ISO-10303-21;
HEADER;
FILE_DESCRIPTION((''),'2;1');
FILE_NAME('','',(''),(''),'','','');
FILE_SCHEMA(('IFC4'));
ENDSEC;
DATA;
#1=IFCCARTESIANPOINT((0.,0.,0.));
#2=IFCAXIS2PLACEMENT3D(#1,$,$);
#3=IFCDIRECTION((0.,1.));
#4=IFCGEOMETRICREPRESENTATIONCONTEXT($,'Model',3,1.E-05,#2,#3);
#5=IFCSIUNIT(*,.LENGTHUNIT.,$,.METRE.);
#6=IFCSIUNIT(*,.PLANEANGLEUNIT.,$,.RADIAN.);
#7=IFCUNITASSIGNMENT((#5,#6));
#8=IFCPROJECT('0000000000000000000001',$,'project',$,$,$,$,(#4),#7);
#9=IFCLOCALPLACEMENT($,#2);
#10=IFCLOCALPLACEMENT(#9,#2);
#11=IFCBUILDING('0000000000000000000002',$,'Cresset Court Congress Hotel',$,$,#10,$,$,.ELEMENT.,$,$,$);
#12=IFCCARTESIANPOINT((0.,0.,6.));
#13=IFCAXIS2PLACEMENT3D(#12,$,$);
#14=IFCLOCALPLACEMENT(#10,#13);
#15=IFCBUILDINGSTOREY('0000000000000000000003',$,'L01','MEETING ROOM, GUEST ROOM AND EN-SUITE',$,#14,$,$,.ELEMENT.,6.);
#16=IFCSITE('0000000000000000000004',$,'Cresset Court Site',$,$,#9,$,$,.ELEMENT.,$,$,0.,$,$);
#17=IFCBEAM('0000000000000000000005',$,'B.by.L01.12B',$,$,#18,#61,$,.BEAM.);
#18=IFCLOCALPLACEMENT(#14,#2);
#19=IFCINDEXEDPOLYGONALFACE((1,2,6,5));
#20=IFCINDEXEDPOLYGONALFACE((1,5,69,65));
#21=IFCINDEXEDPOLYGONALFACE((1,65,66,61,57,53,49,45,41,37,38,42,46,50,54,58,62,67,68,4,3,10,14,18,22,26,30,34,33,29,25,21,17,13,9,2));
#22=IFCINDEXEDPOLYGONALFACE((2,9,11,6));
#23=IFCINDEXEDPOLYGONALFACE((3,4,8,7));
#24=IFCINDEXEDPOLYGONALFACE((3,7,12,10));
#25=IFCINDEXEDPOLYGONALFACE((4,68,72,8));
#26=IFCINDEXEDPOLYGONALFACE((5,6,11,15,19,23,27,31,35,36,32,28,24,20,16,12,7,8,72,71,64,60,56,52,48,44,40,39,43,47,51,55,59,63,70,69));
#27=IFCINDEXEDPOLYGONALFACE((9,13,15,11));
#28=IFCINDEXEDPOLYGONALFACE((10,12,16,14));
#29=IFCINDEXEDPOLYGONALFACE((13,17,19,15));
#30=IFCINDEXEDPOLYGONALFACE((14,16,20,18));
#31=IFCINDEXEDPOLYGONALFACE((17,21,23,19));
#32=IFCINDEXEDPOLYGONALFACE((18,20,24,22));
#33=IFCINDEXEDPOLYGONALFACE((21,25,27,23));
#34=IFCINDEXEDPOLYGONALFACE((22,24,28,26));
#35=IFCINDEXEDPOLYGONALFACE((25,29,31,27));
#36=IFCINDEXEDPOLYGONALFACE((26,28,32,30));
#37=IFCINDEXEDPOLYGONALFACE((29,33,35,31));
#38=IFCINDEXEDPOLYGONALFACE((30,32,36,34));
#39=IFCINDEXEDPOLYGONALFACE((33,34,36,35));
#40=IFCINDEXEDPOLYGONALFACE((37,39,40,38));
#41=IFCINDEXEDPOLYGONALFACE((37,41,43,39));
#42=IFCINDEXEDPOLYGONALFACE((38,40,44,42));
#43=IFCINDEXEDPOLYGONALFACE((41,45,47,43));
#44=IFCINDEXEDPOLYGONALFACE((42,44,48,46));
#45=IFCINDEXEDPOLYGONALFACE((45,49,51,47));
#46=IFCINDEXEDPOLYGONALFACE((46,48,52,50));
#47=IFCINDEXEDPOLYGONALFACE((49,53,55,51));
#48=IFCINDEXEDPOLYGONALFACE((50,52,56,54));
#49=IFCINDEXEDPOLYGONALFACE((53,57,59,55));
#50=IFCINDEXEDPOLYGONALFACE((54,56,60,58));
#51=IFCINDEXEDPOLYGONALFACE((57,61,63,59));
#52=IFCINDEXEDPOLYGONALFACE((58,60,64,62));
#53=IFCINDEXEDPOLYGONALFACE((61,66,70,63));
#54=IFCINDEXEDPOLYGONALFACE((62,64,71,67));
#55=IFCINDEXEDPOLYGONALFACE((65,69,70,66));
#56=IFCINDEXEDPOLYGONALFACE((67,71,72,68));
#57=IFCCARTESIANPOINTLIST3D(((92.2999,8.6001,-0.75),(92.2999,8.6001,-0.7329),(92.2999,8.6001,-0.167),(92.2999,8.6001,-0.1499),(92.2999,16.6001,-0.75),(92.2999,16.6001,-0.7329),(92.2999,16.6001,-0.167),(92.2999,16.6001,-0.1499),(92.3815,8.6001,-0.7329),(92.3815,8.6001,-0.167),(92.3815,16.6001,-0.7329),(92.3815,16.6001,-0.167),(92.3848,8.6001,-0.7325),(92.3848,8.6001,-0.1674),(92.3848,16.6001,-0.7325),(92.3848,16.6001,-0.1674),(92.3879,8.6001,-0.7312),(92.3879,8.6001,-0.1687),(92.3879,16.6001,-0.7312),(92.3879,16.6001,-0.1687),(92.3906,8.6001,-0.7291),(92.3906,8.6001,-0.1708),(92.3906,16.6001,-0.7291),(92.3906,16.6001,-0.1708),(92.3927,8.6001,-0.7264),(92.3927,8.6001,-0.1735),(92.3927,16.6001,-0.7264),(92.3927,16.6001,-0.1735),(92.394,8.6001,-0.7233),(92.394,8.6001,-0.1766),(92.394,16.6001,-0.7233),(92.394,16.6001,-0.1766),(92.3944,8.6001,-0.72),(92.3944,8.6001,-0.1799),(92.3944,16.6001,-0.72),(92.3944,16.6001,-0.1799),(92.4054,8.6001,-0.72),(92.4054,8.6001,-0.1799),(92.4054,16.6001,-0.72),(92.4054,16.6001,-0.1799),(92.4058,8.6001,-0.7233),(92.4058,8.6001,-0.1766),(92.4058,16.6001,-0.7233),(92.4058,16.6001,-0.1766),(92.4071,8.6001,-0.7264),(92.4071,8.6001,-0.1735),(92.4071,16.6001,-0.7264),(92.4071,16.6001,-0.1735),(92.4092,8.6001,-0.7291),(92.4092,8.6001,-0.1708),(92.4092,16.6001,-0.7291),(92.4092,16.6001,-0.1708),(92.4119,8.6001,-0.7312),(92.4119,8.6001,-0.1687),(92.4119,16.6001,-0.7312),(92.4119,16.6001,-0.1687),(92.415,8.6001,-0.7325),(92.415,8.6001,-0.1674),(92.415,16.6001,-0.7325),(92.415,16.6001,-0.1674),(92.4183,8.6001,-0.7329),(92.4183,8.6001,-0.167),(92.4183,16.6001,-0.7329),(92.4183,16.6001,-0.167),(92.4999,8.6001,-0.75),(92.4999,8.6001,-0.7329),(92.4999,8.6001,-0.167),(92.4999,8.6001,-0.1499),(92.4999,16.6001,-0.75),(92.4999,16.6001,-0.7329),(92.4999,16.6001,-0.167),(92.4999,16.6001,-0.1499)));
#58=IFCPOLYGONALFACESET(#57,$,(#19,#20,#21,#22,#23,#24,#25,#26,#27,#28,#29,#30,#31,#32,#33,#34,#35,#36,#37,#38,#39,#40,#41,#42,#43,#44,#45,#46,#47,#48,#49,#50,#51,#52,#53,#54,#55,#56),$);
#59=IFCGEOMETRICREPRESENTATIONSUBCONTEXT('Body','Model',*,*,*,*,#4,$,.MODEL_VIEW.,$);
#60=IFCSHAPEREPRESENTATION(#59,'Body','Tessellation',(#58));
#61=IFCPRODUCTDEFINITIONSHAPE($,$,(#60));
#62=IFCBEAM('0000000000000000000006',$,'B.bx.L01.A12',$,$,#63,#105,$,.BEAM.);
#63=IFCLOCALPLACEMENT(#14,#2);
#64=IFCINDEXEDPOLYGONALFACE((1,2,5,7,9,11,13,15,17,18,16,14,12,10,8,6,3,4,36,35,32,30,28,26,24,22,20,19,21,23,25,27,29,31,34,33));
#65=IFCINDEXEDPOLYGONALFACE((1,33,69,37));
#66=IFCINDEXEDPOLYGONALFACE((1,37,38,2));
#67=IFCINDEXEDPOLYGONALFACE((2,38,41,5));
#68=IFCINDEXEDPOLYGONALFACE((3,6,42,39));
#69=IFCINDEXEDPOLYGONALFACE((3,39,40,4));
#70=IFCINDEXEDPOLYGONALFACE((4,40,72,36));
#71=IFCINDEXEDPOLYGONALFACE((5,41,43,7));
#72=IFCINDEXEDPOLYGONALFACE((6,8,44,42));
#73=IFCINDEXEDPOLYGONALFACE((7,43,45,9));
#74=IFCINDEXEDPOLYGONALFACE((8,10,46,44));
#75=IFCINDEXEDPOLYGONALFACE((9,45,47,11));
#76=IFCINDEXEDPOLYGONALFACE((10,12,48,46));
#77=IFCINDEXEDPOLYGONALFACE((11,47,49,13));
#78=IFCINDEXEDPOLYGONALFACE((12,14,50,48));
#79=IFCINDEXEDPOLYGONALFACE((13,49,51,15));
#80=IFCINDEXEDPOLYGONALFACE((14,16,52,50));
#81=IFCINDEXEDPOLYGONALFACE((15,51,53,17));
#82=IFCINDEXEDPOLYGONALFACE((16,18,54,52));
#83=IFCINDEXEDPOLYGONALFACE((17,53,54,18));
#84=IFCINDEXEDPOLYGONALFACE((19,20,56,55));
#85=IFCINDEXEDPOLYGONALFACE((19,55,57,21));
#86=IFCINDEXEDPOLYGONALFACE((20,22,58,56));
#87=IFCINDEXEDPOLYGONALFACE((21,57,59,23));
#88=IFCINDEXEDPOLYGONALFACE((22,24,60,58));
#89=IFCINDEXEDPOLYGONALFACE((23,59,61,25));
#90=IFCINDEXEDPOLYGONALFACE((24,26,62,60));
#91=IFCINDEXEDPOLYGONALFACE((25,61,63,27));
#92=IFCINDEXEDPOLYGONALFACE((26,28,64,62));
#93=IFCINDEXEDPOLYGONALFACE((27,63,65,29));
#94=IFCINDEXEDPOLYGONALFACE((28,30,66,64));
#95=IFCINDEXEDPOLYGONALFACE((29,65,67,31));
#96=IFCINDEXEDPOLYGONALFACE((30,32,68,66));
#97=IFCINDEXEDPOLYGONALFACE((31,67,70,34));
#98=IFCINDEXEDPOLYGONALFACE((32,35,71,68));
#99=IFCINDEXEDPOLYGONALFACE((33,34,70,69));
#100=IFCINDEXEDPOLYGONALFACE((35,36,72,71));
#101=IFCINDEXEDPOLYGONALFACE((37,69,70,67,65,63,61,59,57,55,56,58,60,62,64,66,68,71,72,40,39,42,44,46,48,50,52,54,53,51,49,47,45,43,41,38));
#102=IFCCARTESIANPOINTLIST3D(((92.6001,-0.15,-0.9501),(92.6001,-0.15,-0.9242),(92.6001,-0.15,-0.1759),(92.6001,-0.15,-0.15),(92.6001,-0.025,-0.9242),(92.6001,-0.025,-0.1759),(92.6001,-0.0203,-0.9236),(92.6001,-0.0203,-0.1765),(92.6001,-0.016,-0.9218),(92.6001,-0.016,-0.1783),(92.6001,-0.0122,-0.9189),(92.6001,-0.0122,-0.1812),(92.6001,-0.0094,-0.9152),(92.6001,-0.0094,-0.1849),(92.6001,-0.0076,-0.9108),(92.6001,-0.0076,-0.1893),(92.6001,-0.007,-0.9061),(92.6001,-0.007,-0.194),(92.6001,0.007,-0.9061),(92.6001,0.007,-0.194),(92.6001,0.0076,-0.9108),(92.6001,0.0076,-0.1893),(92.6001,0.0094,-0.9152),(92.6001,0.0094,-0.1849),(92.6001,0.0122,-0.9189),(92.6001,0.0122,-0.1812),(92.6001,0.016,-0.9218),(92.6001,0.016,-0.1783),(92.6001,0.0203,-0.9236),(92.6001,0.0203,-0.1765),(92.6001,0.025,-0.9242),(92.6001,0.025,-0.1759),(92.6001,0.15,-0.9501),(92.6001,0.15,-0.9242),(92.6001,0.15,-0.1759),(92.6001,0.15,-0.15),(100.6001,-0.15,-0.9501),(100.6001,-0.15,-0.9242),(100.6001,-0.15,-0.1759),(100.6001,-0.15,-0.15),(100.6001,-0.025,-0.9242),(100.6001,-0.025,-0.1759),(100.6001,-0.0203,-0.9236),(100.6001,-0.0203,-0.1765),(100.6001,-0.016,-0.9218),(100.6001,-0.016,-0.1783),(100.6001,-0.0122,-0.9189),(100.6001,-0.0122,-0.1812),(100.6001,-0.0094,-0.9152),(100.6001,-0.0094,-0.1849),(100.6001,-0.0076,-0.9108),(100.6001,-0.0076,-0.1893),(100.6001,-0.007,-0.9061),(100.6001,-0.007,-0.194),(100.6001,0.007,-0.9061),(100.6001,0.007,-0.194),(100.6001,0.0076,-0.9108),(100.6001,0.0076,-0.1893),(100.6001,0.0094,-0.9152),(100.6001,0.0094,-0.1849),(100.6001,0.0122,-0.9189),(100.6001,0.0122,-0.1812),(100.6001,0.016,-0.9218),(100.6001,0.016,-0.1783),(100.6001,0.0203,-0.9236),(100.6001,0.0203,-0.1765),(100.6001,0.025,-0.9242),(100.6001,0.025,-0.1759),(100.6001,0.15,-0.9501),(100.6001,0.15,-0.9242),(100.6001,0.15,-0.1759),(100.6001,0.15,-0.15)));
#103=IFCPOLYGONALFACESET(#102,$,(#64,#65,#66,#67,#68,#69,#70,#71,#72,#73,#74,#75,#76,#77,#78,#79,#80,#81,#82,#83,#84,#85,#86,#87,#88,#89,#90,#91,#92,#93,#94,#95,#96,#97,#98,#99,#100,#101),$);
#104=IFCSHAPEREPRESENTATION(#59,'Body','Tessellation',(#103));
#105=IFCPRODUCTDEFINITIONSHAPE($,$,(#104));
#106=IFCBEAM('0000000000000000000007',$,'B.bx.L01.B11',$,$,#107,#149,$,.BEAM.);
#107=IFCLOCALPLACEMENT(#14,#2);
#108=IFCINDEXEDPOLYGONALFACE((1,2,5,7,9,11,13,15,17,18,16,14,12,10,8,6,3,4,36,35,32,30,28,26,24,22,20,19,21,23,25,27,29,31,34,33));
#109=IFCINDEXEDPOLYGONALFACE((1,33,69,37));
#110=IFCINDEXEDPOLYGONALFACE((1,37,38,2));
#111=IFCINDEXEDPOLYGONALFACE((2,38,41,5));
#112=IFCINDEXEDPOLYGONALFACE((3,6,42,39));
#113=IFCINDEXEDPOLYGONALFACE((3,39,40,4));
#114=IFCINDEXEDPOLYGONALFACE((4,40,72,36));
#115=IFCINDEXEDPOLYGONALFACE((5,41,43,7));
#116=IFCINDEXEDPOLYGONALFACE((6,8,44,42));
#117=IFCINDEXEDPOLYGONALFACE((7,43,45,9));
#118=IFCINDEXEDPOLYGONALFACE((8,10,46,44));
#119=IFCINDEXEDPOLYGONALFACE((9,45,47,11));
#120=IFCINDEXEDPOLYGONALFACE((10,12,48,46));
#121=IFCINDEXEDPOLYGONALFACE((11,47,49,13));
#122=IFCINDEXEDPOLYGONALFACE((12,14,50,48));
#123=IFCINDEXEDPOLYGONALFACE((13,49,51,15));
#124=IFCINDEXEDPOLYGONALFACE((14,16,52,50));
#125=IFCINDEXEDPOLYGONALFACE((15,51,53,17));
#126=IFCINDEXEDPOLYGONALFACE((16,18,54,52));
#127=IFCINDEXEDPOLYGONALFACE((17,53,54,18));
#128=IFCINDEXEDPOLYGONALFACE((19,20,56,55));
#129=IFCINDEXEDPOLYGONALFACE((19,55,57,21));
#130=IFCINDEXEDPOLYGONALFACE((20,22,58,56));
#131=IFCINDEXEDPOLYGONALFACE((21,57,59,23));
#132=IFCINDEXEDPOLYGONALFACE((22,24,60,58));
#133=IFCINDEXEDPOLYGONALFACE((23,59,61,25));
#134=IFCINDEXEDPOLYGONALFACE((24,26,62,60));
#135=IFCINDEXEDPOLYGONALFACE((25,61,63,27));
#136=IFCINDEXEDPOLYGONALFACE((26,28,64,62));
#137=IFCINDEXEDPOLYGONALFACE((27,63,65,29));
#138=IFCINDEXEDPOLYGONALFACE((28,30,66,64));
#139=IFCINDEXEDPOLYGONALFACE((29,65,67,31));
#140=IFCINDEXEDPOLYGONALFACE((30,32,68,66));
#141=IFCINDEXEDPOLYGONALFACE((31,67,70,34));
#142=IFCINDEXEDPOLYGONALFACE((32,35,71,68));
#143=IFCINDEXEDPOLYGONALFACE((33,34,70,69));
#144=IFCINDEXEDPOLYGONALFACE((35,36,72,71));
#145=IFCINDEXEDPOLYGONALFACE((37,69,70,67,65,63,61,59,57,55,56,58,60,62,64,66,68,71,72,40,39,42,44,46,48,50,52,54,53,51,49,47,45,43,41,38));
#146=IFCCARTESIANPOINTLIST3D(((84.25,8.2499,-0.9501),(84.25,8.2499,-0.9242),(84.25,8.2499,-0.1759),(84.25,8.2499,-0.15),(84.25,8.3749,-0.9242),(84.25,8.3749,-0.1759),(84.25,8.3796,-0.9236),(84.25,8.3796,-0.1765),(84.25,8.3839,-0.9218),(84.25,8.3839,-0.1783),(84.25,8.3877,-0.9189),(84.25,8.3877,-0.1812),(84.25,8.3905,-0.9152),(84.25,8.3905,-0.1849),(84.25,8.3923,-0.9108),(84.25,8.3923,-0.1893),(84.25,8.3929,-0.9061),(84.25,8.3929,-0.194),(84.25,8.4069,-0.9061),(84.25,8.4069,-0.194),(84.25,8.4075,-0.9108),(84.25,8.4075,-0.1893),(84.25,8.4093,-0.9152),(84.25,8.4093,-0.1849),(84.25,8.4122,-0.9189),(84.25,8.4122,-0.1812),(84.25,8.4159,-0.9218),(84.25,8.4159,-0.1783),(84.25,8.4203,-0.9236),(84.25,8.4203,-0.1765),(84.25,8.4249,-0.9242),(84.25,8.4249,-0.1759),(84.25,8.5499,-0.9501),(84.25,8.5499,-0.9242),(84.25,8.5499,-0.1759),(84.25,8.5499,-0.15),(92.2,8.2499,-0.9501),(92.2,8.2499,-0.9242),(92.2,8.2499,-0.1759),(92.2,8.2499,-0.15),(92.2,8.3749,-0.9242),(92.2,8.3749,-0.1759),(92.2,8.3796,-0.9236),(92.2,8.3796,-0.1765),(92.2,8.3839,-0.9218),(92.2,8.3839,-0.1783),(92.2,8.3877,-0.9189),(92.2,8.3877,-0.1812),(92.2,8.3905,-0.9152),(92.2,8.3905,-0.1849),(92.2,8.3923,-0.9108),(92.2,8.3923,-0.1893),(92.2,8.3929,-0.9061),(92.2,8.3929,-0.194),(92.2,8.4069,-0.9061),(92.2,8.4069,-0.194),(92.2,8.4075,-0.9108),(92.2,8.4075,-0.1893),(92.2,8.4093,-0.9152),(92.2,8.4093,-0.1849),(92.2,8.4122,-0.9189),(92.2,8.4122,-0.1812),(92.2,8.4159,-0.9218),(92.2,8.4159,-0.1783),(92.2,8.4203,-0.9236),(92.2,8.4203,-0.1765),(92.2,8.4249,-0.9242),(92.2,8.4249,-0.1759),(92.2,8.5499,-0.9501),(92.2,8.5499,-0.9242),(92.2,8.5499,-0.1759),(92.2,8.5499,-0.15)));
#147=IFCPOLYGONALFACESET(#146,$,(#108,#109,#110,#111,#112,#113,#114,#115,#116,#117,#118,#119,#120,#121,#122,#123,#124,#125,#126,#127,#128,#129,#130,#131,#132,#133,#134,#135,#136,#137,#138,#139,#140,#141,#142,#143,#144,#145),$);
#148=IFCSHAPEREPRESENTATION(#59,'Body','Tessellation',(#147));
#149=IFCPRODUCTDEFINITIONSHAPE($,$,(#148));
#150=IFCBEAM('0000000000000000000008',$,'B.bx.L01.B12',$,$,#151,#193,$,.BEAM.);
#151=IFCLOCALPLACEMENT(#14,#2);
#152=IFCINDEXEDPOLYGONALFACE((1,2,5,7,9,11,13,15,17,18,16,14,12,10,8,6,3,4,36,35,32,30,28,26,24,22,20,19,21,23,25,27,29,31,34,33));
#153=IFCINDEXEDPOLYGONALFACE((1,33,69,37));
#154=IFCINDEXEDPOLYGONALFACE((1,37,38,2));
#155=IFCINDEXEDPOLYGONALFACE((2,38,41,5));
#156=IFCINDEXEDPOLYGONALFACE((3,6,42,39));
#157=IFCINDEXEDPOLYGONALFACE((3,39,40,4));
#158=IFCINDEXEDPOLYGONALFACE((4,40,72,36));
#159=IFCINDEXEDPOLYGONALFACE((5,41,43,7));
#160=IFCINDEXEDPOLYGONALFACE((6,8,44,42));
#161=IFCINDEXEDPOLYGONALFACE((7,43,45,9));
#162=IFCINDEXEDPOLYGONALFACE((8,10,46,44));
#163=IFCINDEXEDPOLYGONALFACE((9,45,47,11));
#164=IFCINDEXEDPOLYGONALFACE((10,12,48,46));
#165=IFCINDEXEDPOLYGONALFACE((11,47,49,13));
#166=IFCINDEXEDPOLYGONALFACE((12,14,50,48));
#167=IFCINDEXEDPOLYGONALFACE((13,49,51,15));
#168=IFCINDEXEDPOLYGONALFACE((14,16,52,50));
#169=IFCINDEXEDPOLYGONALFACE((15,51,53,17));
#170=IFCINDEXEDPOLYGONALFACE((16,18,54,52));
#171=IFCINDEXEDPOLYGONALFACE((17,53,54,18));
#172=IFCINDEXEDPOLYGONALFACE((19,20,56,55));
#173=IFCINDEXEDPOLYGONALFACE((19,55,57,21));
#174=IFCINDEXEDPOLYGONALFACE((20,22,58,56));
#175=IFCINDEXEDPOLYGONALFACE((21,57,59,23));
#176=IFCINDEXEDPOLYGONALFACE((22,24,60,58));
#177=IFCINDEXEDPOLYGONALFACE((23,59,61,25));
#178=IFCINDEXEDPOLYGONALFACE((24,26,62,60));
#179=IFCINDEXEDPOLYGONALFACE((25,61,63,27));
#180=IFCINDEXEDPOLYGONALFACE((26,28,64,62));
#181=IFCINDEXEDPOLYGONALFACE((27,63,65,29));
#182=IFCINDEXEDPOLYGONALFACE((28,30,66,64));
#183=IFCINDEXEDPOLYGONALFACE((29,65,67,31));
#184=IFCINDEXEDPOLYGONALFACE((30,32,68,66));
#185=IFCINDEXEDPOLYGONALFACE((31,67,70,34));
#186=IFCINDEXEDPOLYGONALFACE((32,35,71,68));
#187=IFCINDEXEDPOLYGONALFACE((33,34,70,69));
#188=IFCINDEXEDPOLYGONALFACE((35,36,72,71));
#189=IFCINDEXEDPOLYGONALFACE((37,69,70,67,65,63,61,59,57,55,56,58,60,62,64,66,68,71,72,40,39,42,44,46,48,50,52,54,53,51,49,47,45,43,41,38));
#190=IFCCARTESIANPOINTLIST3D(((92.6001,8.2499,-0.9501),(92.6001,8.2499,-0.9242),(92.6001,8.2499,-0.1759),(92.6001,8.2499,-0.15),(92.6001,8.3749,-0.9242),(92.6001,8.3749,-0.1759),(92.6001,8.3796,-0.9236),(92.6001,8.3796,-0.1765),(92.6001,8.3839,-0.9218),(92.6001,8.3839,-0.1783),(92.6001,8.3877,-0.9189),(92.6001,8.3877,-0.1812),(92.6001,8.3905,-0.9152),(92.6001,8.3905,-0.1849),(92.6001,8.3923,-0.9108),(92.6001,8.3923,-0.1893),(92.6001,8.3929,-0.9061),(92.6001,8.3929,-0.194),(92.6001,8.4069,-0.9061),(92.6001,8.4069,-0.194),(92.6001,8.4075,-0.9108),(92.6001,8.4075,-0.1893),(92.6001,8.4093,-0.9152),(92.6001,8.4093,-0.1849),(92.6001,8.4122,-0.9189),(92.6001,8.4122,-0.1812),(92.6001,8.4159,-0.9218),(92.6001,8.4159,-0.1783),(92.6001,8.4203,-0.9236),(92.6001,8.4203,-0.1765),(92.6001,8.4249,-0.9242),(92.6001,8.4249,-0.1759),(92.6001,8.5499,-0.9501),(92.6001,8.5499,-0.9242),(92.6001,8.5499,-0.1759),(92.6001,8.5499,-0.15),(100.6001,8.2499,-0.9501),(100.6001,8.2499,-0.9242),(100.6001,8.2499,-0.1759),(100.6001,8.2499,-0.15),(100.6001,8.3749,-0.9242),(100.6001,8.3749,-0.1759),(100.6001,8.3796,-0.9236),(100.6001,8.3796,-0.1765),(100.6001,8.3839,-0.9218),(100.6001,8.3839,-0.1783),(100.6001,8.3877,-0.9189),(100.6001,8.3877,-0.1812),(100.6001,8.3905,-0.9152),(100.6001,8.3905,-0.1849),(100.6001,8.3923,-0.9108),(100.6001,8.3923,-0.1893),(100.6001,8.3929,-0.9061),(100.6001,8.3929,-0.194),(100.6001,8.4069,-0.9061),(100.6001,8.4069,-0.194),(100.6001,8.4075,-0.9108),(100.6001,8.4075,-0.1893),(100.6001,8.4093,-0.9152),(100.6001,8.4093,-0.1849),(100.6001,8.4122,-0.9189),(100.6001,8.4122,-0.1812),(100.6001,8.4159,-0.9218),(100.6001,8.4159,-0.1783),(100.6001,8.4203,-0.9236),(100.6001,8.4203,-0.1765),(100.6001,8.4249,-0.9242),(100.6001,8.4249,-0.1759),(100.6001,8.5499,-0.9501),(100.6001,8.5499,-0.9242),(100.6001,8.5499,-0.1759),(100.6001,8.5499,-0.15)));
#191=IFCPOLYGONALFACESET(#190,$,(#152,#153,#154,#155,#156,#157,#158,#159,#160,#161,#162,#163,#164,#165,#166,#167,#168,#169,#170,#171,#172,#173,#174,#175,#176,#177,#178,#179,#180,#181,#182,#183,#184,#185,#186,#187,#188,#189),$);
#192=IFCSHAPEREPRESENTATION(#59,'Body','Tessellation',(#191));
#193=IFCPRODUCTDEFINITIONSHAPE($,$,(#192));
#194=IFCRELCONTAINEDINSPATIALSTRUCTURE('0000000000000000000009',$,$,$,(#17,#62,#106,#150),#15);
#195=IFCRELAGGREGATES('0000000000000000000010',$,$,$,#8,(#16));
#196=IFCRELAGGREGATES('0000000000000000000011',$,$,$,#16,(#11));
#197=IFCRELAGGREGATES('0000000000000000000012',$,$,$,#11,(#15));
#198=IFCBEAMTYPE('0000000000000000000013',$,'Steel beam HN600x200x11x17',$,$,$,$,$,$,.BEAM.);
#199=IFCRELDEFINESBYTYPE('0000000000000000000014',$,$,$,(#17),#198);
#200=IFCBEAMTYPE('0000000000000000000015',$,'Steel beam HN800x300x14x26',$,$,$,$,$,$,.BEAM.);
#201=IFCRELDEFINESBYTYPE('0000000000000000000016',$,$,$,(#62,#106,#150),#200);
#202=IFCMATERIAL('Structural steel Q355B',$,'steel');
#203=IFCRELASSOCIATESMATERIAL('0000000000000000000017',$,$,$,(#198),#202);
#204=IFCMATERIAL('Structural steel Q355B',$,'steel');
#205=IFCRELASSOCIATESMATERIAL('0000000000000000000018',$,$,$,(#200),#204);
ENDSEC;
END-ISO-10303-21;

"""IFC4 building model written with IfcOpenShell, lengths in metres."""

from ifc_helpers import new_model, si_unit, direction, frame, origin, origin_2d, place, context, subcontext, project, spatial, i_section, extrude, material, material_profile, profile_set, type_object, element, save


model = new_model("IFC4")

# Units and contexts
model_context = context("Model", 3, precision=1e-05, world=origin(), true_north=direction((0.0, 1.0)))
body_context = subcontext(model_context, "Body", "Model", "MODEL_VIEW")
ifc_project = project(units=[si_unit("LENGTHUNIT", "METRE"), si_unit("PLANEANGLEUNIT", "RADIAN")], contexts=[model_context])

# Site, building, storey
site_placement = place(None, origin())
site = spatial("IfcSite", under=ifc_project, at=site_placement, Name="Cresset Court Site", CompositionType="ELEMENT", RefElevation=0.0)
building_placement = place(site_placement, origin())
building = spatial("IfcBuilding", under=site, at=building_placement, Name="Cresset Court Congress Hotel", CompositionType="ELEMENT")
storey_placement = place(building_placement, frame((0.0, 0.0, 6.0)))
storey = spatial("IfcBuildingStorey", under=building, at=storey_placement, Name="L01", Description="MEETING ROOM, GUEST ROOM AND EN-SUITE", CompositionType="ELEMENT", Elevation=6.0)

# Beams
ifc_material_1 = material(Name="Structural steel Q355B", Category="steel")
ifc_material_profile_1 = material_profile(ifc_material_1, i_section(OverallWidth=0.2, OverallDepth=0.6001, WebThickness=0.011, FlangeThickness=0.0171, FilletRadius=0.0129, at=origin_2d()), Name="HN600x200x11x17")
ifc_profile_set_1 = profile_set([ifc_material_profile_1], Name="Structural steel Q355B")
beam_type_1 = type_object("IfcBeamType", Name="Steel beam HN600x200x11x17", PredefinedType="BEAM", material=ifc_profile_set_1)
for number, where, z_axis, x_axis, name in (
    (1, (92.3999, 8.6001, -0.45), (0.0, 1.0, 0.0), (-1.0, 0.0, 0.0), "B.by.L01.12B"),
):
    element("IfcBeam", number, at=place(storey_placement, frame(where, z_axis=z_axis, x_axis=x_axis)), inside=storey, type_object=beam_type_1, Name=name, PredefinedType="BEAM", context=body_context, shape_type="SweptSolid", body=[
        extrude(i_section(OverallWidth=0.2, OverallDepth=0.6001, WebThickness=0.011, FlangeThickness=0.0171, FilletRadius=0.0129, at=origin_2d()), origin(), (0.0, 0.0, 1.0), 8.0),
    ])
ifc_material_2 = material(Name="Structural steel Q355B", Category="steel")
ifc_material_profile_2 = material_profile(ifc_material_2, i_section(OverallWidth=0.3, OverallDepth=0.8, WebThickness=0.0139, FlangeThickness=0.0259, FilletRadius=0.0181, at=origin_2d()), Name="HN800x300x14x26")
ifc_profile_set_2 = profile_set([ifc_material_profile_2], Name="Structural steel Q355B")
beam_type_2 = type_object("IfcBeamType", Name="Steel beam HN800x300x14x26", PredefinedType="BEAM", material=ifc_profile_set_2)
beam_1_placement = place(storey_placement, frame((92.6001, 0.0, -0.55), z_axis=(1.0, 0.0, 0.0), x_axis=(0.0, 1.0, 0.0)))
element("IfcBeam", 2, at=beam_1_placement, inside=storey, type_object=beam_type_2, Name="B.bx.L01.A12", PredefinedType="BEAM", context=body_context, shape_type="SweptSolid", body=[
    extrude(i_section(OverallWidth=0.3, OverallDepth=0.8, WebThickness=0.0139, FlangeThickness=0.0259, FilletRadius=0.0181, at=origin_2d()), origin(), (0.0, 0.0, 1.0), 8.0),
])
beam_2_placement = place(storey_placement, frame((84.25, 8.3999, -0.55), z_axis=(1.0, 0.0, 0.0), x_axis=(0.0, 1.0, 0.0)))
element("IfcBeam", 3, at=beam_2_placement, inside=storey, type_object=beam_type_2, Name="B.bx.L01.B11", PredefinedType="BEAM", context=body_context, shape_type="SweptSolid", body=[
    extrude(i_section(OverallWidth=0.3, OverallDepth=0.8, WebThickness=0.0139, FlangeThickness=0.0259, FilletRadius=0.0181, at=origin_2d()), origin(), (0.0, 0.0, 1.0), 7.95),
])
beam_3_placement = place(storey_placement, frame((92.6001, 8.3999, -0.55), z_axis=(1.0, 0.0, 0.0), x_axis=(0.0, 1.0, 0.0)))
element("IfcBeam", 4, at=beam_3_placement, inside=storey, type_object=beam_type_2, Name="B.bx.L01.B12", PredefinedType="BEAM", context=body_context, shape_type="SweptSolid", body=[
    extrude(i_section(OverallWidth=0.3, OverallDepth=0.8, WebThickness=0.0139, FlangeThickness=0.0259, FilletRadius=0.0181, at=origin_2d()), origin(), (0.0, 0.0, 1.0), 8.0),
])

save(model, "model.ifc")
